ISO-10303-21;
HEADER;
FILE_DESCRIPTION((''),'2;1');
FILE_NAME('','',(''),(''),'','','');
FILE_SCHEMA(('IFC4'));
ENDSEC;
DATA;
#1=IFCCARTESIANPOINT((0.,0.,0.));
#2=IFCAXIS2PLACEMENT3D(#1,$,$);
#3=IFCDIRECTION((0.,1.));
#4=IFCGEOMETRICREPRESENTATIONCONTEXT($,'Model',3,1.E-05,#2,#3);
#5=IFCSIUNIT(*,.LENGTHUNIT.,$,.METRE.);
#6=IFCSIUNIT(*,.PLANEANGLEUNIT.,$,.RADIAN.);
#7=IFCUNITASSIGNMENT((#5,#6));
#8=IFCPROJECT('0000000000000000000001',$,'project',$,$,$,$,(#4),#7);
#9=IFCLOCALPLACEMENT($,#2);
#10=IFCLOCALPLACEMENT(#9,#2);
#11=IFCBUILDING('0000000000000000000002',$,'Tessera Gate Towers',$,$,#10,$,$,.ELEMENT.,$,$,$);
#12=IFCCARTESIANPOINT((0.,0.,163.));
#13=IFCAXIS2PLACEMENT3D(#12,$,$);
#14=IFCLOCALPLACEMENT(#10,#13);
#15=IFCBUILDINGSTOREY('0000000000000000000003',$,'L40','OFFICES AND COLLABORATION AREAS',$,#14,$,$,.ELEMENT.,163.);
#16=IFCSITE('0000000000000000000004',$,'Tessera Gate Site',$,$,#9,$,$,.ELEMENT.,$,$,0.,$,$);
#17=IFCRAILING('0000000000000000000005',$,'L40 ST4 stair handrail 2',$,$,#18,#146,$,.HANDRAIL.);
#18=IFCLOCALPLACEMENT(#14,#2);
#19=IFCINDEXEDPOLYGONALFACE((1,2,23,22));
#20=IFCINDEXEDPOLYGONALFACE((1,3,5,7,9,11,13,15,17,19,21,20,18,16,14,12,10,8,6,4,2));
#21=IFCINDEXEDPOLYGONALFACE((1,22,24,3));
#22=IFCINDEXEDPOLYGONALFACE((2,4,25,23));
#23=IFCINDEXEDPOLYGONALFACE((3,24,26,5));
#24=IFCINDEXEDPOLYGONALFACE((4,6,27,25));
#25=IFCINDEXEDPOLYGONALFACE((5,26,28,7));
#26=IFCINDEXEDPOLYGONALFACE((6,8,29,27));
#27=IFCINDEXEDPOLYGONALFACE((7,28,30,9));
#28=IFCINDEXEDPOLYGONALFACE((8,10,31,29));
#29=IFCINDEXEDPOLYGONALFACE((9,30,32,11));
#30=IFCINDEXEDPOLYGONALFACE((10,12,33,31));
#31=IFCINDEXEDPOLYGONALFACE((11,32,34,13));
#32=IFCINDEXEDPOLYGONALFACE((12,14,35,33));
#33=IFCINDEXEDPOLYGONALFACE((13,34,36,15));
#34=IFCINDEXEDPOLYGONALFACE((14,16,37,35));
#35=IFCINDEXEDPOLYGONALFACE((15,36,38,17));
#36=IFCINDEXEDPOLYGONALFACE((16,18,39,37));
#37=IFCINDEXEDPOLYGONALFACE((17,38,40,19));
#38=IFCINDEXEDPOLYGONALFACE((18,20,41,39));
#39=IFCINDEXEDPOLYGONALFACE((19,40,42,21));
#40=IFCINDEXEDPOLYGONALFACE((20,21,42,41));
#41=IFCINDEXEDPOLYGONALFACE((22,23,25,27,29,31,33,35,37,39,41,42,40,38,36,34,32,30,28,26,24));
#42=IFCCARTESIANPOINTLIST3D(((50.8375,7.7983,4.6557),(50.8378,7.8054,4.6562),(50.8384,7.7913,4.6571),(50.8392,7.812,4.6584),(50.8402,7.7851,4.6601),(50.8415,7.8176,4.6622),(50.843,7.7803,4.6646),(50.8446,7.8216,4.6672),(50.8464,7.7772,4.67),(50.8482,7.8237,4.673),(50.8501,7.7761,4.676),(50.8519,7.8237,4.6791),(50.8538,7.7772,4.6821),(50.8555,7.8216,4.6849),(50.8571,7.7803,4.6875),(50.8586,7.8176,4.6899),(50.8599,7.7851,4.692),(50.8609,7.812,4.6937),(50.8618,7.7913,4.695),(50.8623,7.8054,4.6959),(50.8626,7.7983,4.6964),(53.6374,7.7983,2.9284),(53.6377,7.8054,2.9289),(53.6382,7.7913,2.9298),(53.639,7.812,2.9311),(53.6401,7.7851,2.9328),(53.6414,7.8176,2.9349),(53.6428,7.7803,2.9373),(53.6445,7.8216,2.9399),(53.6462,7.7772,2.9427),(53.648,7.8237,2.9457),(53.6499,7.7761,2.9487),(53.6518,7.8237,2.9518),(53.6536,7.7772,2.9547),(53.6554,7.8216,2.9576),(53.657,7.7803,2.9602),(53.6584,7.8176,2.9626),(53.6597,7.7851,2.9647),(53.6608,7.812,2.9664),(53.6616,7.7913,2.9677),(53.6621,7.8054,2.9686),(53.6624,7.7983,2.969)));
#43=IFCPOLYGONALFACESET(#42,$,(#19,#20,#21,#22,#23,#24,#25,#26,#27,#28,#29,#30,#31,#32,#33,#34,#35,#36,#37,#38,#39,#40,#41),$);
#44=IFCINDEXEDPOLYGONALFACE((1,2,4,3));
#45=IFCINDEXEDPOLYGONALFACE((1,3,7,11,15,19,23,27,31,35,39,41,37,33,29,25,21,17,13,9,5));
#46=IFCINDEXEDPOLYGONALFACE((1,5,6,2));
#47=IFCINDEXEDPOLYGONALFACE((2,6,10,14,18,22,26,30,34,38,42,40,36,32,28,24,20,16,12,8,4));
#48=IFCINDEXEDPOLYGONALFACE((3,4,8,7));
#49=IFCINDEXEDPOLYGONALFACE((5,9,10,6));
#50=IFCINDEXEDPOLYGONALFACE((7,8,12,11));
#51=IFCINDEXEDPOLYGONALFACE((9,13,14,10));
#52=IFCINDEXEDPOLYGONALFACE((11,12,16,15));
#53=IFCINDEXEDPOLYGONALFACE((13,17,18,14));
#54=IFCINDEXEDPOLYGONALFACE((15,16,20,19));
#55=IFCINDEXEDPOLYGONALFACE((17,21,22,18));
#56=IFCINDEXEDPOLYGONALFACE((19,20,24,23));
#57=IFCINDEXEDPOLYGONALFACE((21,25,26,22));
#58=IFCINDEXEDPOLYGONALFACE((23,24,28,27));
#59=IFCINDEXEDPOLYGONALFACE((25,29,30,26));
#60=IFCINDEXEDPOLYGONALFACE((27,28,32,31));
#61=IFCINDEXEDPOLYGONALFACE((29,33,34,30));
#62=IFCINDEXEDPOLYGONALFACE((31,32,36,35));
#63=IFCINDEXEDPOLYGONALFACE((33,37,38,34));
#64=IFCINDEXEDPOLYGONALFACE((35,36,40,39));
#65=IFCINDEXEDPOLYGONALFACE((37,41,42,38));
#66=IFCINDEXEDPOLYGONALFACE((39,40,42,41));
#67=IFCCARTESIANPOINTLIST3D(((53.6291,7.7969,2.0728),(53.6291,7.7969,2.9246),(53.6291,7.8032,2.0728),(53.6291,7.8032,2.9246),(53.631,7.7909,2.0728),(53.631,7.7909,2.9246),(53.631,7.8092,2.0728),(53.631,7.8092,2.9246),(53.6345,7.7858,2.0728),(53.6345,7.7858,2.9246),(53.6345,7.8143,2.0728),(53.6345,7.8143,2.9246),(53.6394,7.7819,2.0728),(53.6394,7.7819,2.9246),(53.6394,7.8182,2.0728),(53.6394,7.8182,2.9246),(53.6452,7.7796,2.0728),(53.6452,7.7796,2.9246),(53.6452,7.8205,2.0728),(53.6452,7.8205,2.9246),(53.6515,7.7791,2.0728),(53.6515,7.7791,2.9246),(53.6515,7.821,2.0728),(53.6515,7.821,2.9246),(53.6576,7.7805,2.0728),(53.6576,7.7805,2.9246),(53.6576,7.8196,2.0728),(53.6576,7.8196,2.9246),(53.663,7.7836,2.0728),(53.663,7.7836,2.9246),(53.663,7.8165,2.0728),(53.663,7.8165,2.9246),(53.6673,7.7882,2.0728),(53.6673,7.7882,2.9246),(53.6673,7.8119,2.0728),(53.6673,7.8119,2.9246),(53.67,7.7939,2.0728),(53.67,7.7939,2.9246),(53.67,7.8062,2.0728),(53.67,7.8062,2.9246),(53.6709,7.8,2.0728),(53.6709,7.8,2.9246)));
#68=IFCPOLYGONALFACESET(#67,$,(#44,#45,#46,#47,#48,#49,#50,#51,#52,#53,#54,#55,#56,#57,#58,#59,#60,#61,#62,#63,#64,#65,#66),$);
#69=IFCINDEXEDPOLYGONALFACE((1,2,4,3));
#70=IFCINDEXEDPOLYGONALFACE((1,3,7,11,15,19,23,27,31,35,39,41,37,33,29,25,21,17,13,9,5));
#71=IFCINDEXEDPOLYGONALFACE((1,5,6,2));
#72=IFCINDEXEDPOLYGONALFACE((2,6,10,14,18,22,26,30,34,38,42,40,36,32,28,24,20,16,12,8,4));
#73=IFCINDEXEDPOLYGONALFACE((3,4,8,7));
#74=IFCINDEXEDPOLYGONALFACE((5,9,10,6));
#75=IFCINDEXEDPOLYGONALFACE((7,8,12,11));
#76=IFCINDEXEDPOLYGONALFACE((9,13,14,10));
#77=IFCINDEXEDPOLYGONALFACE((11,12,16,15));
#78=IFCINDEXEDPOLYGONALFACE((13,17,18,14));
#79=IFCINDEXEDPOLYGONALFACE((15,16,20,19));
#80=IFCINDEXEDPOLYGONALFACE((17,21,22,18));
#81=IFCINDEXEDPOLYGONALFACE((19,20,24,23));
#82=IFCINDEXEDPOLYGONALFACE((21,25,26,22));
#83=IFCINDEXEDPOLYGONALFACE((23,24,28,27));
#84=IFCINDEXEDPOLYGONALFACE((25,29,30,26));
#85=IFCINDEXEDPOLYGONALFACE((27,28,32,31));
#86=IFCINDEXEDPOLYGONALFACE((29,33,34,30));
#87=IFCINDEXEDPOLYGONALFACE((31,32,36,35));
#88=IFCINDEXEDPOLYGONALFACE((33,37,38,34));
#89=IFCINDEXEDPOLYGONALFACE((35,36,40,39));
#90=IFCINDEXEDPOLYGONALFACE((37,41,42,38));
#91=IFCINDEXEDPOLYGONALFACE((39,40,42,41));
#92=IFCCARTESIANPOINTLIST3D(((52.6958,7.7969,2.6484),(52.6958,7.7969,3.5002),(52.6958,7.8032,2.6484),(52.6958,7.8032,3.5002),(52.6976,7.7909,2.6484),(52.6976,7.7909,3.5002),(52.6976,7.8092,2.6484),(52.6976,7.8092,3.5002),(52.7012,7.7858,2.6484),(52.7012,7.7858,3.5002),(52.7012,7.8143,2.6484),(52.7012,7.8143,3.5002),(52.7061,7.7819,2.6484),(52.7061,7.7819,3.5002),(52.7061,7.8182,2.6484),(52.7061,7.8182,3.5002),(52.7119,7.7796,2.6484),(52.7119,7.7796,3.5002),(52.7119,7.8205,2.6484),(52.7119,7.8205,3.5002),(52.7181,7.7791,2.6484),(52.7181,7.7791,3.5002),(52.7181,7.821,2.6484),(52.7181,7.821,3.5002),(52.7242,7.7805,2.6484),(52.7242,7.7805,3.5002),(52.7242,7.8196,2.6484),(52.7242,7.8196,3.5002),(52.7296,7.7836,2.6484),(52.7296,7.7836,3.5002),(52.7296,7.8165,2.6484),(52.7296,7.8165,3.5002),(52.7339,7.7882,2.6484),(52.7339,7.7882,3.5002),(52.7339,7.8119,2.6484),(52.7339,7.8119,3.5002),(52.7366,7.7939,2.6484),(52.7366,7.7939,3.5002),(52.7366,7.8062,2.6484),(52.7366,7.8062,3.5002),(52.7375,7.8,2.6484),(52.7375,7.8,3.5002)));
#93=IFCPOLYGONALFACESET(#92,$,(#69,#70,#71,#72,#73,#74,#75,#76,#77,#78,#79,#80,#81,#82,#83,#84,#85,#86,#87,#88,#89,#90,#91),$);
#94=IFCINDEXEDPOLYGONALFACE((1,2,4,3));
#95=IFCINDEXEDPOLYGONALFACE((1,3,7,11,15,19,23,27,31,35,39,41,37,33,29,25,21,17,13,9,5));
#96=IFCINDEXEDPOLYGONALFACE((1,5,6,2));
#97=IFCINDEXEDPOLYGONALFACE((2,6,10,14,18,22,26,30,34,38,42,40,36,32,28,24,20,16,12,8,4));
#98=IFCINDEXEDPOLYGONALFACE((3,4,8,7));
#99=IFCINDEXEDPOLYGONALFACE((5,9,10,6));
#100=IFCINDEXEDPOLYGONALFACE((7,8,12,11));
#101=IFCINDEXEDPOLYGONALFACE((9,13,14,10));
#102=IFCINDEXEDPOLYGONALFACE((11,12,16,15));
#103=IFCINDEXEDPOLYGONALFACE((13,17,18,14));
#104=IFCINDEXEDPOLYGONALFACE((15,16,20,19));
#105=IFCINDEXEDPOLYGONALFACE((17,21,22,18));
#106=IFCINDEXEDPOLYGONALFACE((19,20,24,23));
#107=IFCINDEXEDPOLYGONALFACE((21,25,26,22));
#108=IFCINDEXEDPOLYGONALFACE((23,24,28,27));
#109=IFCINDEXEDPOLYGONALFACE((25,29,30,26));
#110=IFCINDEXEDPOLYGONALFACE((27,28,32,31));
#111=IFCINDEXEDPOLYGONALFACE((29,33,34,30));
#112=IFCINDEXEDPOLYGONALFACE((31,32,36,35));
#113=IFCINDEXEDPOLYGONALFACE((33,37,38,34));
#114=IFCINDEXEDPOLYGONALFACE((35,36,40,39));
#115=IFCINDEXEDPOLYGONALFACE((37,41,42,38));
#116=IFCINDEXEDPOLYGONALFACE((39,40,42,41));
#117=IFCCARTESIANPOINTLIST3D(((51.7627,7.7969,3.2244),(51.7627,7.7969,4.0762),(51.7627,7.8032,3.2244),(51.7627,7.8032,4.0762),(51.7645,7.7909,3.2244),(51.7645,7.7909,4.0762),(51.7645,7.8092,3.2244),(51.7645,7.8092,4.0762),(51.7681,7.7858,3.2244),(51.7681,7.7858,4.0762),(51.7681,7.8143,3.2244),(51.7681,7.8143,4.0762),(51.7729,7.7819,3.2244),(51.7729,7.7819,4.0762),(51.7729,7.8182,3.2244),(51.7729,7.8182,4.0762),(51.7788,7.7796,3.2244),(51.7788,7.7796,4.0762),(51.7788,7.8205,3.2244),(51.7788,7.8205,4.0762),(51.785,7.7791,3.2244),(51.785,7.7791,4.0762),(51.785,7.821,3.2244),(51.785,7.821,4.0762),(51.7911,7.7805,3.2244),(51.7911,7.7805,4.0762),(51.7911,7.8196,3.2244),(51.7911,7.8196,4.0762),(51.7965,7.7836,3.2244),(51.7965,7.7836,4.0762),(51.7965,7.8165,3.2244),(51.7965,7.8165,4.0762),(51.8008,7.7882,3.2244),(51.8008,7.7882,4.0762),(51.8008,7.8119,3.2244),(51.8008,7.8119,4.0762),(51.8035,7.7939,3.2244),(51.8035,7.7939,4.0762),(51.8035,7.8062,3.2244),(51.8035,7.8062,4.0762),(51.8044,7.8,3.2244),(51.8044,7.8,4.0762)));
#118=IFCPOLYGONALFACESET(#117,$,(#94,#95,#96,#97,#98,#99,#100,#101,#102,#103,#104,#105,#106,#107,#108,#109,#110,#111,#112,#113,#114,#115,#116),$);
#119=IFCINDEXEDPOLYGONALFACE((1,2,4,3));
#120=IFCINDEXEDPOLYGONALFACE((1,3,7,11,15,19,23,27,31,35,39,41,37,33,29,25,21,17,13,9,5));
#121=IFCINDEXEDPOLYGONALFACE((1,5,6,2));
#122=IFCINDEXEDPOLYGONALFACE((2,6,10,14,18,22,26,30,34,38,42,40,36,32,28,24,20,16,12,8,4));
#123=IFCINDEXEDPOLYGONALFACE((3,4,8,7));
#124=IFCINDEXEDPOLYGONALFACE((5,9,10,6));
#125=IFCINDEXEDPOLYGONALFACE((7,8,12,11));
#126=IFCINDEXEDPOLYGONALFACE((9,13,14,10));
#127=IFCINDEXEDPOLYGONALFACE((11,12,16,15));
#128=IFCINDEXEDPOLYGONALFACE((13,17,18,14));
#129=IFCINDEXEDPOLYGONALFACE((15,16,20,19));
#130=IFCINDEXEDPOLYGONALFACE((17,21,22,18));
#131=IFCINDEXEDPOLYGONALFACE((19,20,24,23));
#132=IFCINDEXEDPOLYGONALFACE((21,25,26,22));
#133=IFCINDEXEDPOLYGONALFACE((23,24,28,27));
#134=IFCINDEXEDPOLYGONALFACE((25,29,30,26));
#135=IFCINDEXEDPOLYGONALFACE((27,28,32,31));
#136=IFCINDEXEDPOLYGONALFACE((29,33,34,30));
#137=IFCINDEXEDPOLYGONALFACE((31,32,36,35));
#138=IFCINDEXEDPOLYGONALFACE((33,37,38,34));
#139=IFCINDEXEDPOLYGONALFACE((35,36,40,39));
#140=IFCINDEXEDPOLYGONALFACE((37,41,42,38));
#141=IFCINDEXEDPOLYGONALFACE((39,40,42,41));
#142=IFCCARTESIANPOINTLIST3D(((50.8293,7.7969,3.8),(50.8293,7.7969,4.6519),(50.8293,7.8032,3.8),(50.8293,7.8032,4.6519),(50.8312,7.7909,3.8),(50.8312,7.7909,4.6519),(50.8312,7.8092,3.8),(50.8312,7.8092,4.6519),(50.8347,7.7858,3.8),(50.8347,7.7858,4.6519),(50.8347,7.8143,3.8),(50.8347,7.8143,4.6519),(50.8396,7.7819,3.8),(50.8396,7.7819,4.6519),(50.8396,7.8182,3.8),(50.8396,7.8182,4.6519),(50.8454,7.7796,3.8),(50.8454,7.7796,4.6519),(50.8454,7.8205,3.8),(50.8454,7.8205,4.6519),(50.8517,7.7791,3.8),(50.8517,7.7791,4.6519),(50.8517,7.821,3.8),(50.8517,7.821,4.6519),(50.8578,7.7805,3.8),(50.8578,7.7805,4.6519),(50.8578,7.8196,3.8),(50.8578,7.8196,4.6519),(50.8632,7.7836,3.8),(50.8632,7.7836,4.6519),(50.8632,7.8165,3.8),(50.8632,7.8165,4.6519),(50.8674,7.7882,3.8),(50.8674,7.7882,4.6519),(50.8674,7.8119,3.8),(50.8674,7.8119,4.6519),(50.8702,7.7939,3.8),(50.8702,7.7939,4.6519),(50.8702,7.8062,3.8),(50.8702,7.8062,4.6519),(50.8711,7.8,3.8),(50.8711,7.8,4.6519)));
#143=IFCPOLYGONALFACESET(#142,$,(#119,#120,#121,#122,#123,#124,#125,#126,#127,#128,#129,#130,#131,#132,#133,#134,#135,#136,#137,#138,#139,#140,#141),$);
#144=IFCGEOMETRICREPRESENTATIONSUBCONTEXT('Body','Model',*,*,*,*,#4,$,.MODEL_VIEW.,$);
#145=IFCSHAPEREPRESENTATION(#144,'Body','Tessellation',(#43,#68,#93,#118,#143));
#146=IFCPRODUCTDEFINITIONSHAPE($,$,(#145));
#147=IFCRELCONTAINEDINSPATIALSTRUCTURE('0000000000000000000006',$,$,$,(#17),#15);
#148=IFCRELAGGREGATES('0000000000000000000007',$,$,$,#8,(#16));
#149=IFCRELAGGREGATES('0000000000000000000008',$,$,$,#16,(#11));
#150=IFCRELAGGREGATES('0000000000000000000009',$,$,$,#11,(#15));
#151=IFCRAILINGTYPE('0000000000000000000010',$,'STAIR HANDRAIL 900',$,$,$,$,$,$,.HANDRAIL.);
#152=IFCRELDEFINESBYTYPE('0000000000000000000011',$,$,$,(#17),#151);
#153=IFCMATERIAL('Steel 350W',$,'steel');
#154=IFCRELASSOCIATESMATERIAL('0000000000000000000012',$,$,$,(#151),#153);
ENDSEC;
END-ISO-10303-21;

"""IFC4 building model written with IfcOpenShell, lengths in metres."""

from ifc_helpers import new_model, si_unit, direction, frame, origin, origin_2d, place, context, subcontext, project, spatial, circle, extrude, material, type_object, element, save


model = new_model("IFC4")

# Units and contexts
model_context = context("Model", 3, precision=1e-05, world=origin(), true_north=direction((0.0, 1.0)))
body_context = subcontext(model_context, "Body", "Model", "MODEL_VIEW")
ifc_project = project(units=[si_unit("LENGTHUNIT", "METRE"), si_unit("PLANEANGLEUNIT", "RADIAN")], contexts=[model_context])

# Site, building, storey
site_placement = place(None, origin())
site = spatial("IfcSite", under=ifc_project, at=site_placement, Name="Tessera Gate Site", CompositionType="ELEMENT", RefElevation=0.0)
building_placement = place(site_placement, origin())
building = spatial("IfcBuilding", under=site, at=building_placement, Name="Tessera Gate Towers", CompositionType="ELEMENT")
storey_placement = place(building_placement, frame((0.0, 0.0, 163.0)))
storey = spatial("IfcBuildingStorey", under=building, at=storey_placement, Name="L40", Description="OFFICES AND COLLABORATION AREAS", CompositionType="ELEMENT", Elevation=163.0)

# Railing
ifc_material_1 = material(Name="Steel 350W", Category="steel")
railing_type_1 = type_object("IfcRailingType", Name="STAIR HANDRAIL 900", PredefinedType="HANDRAIL", material=ifc_material_1)
railing_1_placement = place(storey_placement, frame((53.6499, 7.8, 2.0728)))
element("IfcRailing", 1, at=railing_1_placement, inside=storey, type_object=railing_type_1, Name="L40 ST4 stair handrail 2", PredefinedType="HANDRAIL", context=body_context, shape_type="SweptSolid", body=[
    extrude(circle(Radius=0.0239, at=origin_2d()), frame((0.0, 0.0, 0.876), z_axis=(-0.851069, 0.0, 0.525054), x_axis=(0.0, -1.0, 0.0)), (0.0, 0.0, 1.0), 3.2898),
    extrude(circle(Radius=0.021, at=origin_2d()), origin(), (0.0, 0.0, 1.0), 0.8518),
    extrude(circle(Radius=0.021, at=origin_2d()), frame((-0.9333, 0.0, 0.5757)), (0.0, 0.0, 1.0), 0.8518),
    extrude(circle(Radius=0.021, at=origin_2d()), frame((-1.8665, 0.0, 1.1516)), (0.0, 0.0, 1.0), 0.8518),
    extrude(circle(Radius=0.021, at=origin_2d()), frame((-2.7998, 0.0, 1.7273)), (0.0, 0.0, 1.0), 0.8518),
])

save(model, "model.ifc")
